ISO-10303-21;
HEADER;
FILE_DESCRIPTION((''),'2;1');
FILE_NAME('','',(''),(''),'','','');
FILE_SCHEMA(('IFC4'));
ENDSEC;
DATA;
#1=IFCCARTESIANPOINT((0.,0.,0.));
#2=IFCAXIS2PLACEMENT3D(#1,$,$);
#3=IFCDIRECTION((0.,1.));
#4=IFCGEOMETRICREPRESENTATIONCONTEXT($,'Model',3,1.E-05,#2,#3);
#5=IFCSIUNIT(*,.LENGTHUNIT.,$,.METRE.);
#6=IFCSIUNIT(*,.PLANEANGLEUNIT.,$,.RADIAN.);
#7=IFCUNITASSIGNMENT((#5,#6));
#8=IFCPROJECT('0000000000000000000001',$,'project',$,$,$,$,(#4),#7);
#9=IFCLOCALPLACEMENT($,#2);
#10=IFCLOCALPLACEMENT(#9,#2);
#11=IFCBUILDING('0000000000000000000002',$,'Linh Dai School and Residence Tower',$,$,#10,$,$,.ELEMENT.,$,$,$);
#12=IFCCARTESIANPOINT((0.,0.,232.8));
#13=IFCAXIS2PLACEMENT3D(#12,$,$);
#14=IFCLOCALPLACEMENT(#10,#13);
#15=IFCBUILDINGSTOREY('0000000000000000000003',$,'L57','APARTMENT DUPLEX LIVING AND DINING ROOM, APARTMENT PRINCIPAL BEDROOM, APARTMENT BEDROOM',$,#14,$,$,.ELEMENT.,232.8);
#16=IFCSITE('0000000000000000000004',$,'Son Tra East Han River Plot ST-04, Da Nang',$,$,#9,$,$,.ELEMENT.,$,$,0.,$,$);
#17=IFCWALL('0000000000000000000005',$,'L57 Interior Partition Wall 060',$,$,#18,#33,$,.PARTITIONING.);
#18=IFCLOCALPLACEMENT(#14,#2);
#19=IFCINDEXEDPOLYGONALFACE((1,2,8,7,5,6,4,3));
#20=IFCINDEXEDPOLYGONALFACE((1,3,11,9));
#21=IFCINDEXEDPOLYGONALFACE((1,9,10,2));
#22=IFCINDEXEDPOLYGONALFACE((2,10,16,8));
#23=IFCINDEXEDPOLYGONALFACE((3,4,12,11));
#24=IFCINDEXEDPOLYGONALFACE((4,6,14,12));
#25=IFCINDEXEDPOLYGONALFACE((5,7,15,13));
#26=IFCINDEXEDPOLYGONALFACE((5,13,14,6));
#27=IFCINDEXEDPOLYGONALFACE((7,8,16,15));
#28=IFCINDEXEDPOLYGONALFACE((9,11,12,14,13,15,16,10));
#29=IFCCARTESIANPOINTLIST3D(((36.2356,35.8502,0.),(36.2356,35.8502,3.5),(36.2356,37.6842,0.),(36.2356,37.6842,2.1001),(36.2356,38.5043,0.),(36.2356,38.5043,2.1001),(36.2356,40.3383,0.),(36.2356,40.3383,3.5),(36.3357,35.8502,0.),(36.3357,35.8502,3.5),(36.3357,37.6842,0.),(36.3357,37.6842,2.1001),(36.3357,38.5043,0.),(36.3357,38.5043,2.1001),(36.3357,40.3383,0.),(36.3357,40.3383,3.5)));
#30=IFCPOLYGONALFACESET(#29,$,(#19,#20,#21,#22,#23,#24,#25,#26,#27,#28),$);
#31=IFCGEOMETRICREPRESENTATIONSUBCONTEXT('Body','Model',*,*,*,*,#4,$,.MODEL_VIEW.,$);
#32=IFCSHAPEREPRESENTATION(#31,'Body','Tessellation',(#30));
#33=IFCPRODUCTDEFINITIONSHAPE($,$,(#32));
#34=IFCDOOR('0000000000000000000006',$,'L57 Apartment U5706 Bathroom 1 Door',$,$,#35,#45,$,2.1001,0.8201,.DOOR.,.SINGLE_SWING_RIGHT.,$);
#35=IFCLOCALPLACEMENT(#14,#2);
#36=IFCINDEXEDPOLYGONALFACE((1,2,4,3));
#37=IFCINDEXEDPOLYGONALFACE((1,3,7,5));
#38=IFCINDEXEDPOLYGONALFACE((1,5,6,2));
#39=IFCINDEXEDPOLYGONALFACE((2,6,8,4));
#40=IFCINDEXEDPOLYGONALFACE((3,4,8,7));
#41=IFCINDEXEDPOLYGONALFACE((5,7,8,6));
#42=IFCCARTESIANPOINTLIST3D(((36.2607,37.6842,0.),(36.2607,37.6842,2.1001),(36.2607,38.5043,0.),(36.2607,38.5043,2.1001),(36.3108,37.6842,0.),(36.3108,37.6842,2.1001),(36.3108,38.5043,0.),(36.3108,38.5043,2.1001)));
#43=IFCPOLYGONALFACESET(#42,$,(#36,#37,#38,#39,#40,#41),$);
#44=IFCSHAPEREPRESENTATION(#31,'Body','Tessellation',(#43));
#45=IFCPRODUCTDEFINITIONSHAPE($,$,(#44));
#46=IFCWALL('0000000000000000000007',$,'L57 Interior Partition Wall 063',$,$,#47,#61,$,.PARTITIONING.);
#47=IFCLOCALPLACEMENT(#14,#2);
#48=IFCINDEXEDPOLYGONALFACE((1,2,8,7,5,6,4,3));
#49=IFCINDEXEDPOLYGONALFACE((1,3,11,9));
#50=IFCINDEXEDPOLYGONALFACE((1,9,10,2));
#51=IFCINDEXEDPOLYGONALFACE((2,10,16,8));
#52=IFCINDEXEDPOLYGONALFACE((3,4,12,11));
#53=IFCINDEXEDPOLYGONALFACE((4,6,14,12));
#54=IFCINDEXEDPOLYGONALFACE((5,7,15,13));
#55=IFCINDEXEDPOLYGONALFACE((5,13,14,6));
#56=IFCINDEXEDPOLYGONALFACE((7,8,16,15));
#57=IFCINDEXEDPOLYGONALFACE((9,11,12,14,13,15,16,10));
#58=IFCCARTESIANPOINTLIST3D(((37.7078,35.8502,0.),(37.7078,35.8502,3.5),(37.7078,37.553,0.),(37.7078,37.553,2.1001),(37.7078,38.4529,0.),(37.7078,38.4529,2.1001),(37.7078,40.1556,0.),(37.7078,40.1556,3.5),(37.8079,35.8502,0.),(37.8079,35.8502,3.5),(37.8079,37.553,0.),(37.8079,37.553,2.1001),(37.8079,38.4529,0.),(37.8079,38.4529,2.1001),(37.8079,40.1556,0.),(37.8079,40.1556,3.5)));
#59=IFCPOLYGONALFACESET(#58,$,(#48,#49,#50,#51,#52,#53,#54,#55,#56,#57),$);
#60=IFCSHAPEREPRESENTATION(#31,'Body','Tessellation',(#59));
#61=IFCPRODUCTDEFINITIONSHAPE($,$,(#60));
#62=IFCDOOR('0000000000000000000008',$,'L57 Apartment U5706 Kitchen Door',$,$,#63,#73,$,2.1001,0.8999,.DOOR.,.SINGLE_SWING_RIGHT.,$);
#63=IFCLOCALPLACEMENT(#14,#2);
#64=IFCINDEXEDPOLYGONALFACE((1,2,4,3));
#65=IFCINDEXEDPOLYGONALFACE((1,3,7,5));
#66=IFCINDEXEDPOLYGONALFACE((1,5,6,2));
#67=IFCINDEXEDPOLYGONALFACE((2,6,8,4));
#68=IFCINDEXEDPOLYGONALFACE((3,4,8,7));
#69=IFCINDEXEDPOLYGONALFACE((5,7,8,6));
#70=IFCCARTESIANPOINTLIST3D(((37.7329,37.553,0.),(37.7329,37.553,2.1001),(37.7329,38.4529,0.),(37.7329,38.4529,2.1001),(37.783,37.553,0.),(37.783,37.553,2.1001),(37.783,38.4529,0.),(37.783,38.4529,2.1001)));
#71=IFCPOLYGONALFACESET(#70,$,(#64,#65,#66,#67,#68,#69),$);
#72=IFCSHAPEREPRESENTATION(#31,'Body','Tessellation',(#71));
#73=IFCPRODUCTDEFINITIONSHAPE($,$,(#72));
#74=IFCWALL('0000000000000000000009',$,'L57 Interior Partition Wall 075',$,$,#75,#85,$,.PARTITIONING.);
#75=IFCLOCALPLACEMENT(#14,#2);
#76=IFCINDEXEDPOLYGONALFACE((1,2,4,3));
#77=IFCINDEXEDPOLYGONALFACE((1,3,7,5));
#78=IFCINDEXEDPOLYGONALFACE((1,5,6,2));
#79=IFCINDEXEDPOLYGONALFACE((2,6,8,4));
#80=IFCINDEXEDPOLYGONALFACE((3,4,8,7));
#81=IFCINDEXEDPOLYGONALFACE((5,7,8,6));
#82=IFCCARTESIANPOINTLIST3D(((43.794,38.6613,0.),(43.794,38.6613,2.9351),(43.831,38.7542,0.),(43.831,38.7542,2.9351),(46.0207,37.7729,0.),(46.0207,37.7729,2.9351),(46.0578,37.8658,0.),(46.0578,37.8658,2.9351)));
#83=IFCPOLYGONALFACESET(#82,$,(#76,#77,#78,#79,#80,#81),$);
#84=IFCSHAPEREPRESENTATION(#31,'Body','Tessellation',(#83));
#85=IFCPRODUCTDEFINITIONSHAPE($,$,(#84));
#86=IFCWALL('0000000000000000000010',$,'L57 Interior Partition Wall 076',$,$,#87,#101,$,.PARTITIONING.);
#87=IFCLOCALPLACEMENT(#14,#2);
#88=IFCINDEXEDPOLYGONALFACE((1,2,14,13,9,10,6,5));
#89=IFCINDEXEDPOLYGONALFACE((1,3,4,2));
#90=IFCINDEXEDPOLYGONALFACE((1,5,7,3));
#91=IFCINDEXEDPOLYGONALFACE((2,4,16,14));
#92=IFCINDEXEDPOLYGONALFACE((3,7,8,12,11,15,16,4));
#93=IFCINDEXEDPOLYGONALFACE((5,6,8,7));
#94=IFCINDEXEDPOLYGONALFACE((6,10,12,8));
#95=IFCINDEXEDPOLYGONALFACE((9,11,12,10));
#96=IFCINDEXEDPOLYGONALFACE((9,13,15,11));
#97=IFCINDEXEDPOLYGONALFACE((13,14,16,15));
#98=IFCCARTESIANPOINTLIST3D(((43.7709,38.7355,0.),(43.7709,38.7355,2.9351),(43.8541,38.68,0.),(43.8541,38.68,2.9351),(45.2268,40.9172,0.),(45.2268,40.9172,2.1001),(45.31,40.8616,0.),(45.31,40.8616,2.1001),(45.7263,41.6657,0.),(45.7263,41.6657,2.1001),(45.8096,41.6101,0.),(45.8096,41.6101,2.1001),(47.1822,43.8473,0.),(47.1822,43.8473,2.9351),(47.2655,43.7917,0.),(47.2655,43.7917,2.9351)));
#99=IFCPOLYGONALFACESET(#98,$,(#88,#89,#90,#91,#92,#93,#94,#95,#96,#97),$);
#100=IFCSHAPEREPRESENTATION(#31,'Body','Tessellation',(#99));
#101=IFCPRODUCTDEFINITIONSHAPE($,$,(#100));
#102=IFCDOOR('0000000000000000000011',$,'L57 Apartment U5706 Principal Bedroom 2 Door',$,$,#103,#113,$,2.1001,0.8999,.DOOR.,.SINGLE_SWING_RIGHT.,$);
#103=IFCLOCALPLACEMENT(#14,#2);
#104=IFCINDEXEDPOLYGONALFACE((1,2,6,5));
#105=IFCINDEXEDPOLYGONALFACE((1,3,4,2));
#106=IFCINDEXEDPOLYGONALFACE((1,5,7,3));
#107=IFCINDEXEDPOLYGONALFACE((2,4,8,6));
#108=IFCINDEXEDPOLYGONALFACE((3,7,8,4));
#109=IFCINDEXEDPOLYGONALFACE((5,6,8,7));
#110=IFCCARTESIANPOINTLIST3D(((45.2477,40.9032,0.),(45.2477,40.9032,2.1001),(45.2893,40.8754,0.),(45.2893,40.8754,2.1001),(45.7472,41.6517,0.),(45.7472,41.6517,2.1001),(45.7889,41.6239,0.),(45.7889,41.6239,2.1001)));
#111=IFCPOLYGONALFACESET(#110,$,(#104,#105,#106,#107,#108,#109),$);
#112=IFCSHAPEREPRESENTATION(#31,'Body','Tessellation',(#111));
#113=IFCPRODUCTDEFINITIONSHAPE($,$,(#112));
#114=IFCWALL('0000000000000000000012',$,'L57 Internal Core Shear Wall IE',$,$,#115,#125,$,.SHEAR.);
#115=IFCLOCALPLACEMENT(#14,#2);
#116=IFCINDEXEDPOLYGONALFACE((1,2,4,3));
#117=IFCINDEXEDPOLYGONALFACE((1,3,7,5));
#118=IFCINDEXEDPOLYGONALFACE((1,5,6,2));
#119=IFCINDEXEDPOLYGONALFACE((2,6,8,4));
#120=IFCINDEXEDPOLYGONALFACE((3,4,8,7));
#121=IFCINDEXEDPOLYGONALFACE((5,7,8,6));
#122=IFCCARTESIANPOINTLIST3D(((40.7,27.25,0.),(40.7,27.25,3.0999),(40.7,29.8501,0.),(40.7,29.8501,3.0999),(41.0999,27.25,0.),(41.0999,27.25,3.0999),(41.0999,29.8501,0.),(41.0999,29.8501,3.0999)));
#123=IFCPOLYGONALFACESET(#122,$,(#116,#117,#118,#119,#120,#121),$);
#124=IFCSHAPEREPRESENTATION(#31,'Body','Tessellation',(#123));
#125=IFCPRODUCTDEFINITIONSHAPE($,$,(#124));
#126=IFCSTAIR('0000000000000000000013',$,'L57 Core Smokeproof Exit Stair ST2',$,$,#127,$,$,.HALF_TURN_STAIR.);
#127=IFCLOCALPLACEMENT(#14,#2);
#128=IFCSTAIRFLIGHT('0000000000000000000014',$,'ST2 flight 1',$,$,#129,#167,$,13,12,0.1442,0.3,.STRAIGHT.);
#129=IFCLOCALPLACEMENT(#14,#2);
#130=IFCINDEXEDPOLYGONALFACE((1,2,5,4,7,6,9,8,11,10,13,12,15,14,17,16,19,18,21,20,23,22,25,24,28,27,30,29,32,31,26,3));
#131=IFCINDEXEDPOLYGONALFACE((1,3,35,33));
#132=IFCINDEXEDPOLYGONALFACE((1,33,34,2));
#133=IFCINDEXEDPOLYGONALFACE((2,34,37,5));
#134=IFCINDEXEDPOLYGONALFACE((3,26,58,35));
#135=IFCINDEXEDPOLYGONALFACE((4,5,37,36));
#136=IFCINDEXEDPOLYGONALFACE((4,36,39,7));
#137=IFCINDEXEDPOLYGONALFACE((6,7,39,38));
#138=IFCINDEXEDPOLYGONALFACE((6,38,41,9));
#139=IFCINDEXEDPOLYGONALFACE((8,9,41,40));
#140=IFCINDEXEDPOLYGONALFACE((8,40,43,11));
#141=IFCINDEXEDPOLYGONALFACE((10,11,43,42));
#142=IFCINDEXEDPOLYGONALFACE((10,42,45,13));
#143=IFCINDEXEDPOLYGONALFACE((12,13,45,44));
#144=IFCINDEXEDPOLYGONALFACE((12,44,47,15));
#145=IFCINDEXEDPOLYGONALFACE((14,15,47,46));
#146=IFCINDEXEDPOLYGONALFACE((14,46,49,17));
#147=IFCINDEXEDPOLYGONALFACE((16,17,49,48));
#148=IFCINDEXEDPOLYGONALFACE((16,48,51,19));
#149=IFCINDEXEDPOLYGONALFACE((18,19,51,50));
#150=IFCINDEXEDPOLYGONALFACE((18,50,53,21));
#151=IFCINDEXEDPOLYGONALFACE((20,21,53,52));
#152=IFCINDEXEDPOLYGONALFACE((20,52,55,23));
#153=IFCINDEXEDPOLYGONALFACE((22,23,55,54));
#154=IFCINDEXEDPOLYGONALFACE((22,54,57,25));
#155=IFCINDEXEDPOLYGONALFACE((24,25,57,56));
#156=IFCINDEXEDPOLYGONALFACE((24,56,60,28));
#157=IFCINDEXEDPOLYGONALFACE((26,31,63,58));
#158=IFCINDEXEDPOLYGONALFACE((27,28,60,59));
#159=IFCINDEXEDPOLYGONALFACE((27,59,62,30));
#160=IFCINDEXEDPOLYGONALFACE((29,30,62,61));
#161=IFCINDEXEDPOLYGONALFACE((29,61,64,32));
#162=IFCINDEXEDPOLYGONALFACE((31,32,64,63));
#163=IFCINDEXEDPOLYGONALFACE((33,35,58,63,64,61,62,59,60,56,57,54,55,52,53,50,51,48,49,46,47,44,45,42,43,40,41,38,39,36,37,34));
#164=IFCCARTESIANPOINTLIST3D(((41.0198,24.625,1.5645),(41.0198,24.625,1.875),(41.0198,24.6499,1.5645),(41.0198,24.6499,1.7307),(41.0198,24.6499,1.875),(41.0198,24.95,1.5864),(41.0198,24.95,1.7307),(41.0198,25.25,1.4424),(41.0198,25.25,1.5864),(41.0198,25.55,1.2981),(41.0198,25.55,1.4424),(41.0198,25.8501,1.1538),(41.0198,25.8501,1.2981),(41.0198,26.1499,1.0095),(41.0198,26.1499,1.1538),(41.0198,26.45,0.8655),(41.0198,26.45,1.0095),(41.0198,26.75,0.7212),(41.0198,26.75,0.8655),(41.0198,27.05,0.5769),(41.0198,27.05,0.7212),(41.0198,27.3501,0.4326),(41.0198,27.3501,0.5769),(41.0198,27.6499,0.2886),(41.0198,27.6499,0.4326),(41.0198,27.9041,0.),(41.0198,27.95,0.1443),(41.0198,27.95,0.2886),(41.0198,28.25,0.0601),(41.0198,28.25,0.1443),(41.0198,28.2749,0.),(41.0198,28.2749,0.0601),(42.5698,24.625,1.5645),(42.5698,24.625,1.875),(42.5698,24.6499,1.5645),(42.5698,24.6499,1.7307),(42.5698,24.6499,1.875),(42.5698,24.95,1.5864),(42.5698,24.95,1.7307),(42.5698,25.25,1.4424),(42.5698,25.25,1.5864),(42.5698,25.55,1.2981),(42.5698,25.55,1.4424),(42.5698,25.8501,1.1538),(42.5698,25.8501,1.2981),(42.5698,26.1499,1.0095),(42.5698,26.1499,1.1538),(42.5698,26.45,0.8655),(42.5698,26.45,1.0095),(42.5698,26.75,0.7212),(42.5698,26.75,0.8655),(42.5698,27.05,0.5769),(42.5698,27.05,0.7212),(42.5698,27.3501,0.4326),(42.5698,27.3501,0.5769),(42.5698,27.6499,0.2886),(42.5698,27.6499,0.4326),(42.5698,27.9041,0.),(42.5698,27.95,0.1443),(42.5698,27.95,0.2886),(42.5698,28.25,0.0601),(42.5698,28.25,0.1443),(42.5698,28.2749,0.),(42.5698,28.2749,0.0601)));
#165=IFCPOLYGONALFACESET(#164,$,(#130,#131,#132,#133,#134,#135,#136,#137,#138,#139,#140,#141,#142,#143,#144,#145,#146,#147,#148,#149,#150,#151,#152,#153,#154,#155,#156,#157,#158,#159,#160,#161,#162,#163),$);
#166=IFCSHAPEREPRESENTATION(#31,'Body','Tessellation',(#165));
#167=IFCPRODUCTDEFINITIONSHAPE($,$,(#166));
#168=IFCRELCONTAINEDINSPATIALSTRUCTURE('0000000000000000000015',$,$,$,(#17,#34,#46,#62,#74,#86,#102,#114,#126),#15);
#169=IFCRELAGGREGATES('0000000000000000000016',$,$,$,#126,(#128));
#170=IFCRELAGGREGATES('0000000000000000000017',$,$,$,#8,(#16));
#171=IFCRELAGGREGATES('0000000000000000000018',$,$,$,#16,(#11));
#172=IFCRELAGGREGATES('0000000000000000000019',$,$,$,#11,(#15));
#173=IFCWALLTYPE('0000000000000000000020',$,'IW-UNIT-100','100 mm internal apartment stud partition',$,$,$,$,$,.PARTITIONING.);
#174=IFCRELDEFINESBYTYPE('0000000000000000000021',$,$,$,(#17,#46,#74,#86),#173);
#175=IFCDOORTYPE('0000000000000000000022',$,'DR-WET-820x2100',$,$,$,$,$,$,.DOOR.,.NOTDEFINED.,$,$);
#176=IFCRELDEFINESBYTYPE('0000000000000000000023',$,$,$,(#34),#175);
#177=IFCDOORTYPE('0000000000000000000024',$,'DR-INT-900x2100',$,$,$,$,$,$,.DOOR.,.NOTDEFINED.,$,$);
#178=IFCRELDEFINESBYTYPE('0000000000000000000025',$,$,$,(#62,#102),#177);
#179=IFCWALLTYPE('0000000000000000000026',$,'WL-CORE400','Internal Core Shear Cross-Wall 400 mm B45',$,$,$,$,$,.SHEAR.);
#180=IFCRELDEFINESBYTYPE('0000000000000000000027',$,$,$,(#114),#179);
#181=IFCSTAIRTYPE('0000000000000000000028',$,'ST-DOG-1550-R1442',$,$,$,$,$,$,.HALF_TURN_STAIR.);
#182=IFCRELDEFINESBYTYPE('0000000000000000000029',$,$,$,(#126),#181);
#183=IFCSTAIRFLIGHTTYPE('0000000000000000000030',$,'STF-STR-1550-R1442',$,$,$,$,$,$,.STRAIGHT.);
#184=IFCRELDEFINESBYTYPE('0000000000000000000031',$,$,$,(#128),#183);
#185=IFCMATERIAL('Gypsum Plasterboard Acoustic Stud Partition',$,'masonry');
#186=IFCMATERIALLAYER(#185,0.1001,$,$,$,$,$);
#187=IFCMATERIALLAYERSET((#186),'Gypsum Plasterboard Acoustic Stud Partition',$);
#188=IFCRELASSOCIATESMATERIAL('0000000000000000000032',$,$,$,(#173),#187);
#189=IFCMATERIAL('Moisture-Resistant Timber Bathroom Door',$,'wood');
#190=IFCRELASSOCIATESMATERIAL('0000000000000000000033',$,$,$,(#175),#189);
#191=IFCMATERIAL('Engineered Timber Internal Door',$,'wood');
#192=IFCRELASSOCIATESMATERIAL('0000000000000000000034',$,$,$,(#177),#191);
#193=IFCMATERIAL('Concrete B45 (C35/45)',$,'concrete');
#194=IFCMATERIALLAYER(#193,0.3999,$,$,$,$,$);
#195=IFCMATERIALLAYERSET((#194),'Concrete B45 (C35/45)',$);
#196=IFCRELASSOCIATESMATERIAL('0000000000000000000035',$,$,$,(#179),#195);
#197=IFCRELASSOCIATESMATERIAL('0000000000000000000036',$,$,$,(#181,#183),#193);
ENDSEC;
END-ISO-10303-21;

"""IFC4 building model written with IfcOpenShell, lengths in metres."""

from ifc_helpers import new_model, si_unit, direction, frame, frame_2d, origin, origin_2d, place, context, subcontext, project, spatial, polyline, rectangle, outline, extrude, source, transform, mapped, material, layer, layer_set, type_object, element, fill, aggregate, save


model = new_model("IFC4")

# Units and contexts
model_context = context("Model", 3, precision=1e-05, world=origin(), true_north=direction((0.0, 1.0)))
body_context = subcontext(model_context, "Body", "Model", "MODEL_VIEW")
ifc_project = project(units=[si_unit("LENGTHUNIT", "METRE"), si_unit("PLANEANGLEUNIT", "RADIAN")], contexts=[model_context])

# Site, building, storey
site_placement = place(None, origin())
site = spatial("IfcSite", under=ifc_project, at=site_placement, Name="Son Tra East Han River Plot ST-04, Da Nang", CompositionType="ELEMENT", RefElevation=0.0)
building_placement = place(site_placement, origin())
building = spatial("IfcBuilding", under=site, at=building_placement, Name="Linh Dai School and Residence Tower", CompositionType="ELEMENT")
storey_placement = place(building_placement, frame((0.0, 0.0, 232.8)))
storey = spatial("IfcBuildingStorey", under=building, at=storey_placement, Name="L57", Description="APARTMENT DUPLEX LIVING AND DINING ROOM, APARTMENT PRINCIPAL BEDROOM, APARTMENT BEDROOM", CompositionType="ELEMENT", Elevation=232.8)

# Shared definitions
ifc_material_1 = material(Name="Concrete B45 (C35/45)", Category="concrete")

# Walls, openings, doors
ifc_material_2 = material(Name="Gypsum Plasterboard Acoustic Stud Partition", Category="masonry")
ifc_layer_1 = layer(ifc_material_2, 0.1001)
ifc_layer_set_1 = layer_set([ifc_layer_1], Name="Gypsum Plasterboard Acoustic Stud Partition")
wall_type_1 = type_object("IfcWallType", Name="IW-UNIT-100", Description="100 mm internal apartment stud partition", PredefinedType="PARTITIONING", material=ifc_layer_set_1)
wall_1_placement = place(storey_placement, frame((36.2856, 35.8501, 0.0), z_axis=(0.0, 0.0, 1.0), x_axis=(0.0, 1.0, 0.0)))
wall_1 = element("IfcWall", 1, at=wall_1_placement, inside=storey, type_object=wall_type_1, Name="L57 Interior Partition Wall 060", PredefinedType="PARTITIONING", context=body_context, shape_type="SweptSolid", body=[
    extrude(rectangle(XDim=4.488, YDim=0.1001, at=frame_2d((2.2441, 0.0))), origin(), (0.0, 0.0, 1.0), 3.5),
])
opening_1_placement = place(wall_1_placement, frame((1.834, 0.0, 0.0)))
opening_1 = element("IfcOpeningElement", 2, at=opening_1_placement, cuts=wall_1, PredefinedType="OPENING", context=body_context, shape_type="SweptSolid", body=[
    extrude(rectangle(XDim=0.8201, YDim=2.1001, at=origin_2d()), frame((0.4102, 0.0601, 1.05), z_axis=(0.0, -1.0, 0.0), x_axis=(1.0, 0.0, 0.0)), (0.0, 0.0, 1.0), 0.1201),
])
ifc_material_3 = material(Name="Moisture-Resistant Timber Bathroom Door", Category="wood")
door_type_1 = type_object("IfcDoorType", Name="DR-WET-820x2100", OperationType="NOTDEFINED", PredefinedType="DOOR", material=ifc_material_3)
shared_shape_1 = source(origin(), body_context, "Body", "SweptSolid", [
    extrude(rectangle(XDim=0.8201, YDim=2.1001, at=origin_2d()), frame((0.4102, 0.0249, 1.05), z_axis=(0.0, -1.0, 0.0), x_axis=(1.0, 0.0, 0.0)), (0.0, 0.0, 1.0), 0.05),
])
door_1_placement = place(opening_1_placement, origin())
door_1 = element("IfcDoor", 3, at=door_1_placement, inside=storey, type_object=door_type_1, Name="L57 Apartment U5706 Bathroom 1 Door", OperationType="SINGLE_SWING_RIGHT", OverallHeight=2.1001, OverallWidth=0.8201, PredefinedType="DOOR", context=body_context, shape_type="MappedRepresentation", body=[
    mapped(shared_shape_1, transform((0.0, 0.0, 0.0), x_axis=(1.0, 0.0, 0.0), y_axis=(0.0, 1.0, 0.0), z_axis=(0.0, 0.0, 1.0), scale=1.0)),
])
fill(opening_1, door_1)
wall_2_placement = place(storey_placement, frame((37.7578, 35.8501, 0.0), z_axis=(0.0, 0.0, 1.0), x_axis=(0.0, 1.0, 0.0)))
wall_2 = element("IfcWall", 4, at=wall_2_placement, inside=storey, type_object=wall_type_1, Name="L57 Interior Partition Wall 063", PredefinedType="PARTITIONING", context=body_context, shape_type="SweptSolid", body=[
    extrude(rectangle(XDim=4.3054, YDim=0.1001, at=frame_2d((2.1528, 0.0))), origin(), (0.0, 0.0, 1.0), 3.5),
])
opening_2_placement = place(wall_2_placement, frame((1.7029, 0.0, 0.0)))
opening_2 = element("IfcOpeningElement", 5, at=opening_2_placement, cuts=wall_2, PredefinedType="OPENING", context=body_context, shape_type="SweptSolid", body=[
    extrude(rectangle(XDim=0.8999, YDim=2.1001, at=origin_2d()), frame((0.45, 0.0601, 1.05), z_axis=(0.0, -1.0, 0.0), x_axis=(1.0, 0.0, 0.0)), (0.0, 0.0, 1.0), 0.1201),
])
ifc_material_4 = material(Name="Engineered Timber Internal Door", Category="wood")
door_type_2 = type_object("IfcDoorType", Name="DR-INT-900x2100", OperationType="NOTDEFINED", PredefinedType="DOOR", material=ifc_material_4)
shared_shape_2 = source(origin(), body_context, "Body", "SweptSolid", [
    extrude(rectangle(XDim=0.8999, YDim=2.1001, at=origin_2d()), frame((0.45, 0.0249, 1.05), z_axis=(0.0, -1.0, 0.0), x_axis=(1.0, 0.0, 0.0)), (0.0, 0.0, 1.0), 0.05),
])
door_2_placement = place(opening_2_placement, origin())
door_2 = element("IfcDoor", 6, at=door_2_placement, inside=storey, type_object=door_type_2, Name="L57 Apartment U5706 Kitchen Door", OperationType="SINGLE_SWING_RIGHT", OverallHeight=2.1001, OverallWidth=0.8999, PredefinedType="DOOR", context=body_context, shape_type="MappedRepresentation", body=[
    mapped(shared_shape_2, transform((0.0, 0.0, 0.0), x_axis=(1.0, 0.0, 0.0), y_axis=(0.0, 1.0, 0.0), z_axis=(0.0, 0.0, 1.0), scale=1.0)),
])
fill(opening_2, door_2)

# Wall
wall_3_placement = place(storey_placement, frame((43.8125, 38.7078, 0.0), z_axis=(0.0, 0.0, 1.0), x_axis=(0.928806, -0.370565, 0.0)))
element("IfcWall", 7, at=wall_3_placement, inside=storey, type_object=wall_type_1, Name="L57 Interior Partition Wall 075", PredefinedType="PARTITIONING", context=body_context, shape_type="SweptSolid", body=[
    extrude(rectangle(XDim=2.3975, YDim=0.1001, at=frame_2d((1.1987, 0.0))), origin(), (0.0, 0.0, 1.0), 2.9351),
])

# Wall, opening, door
wall_4_placement = place(storey_placement, frame((43.8125, 38.7078, 0.0), z_axis=(0.0, 0.0, 1.0), x_axis=(0.555094, 0.831787, 0.0)))
wall_4 = element("IfcWall", 8, at=wall_4_placement, inside=storey, type_object=wall_type_1, Name="L57 Interior Partition Wall 076", PredefinedType="PARTITIONING", context=body_context, shape_type="SweptSolid", body=[
    extrude(rectangle(XDim=6.1455, YDim=0.1001, at=frame_2d((3.0728, 0.0))), origin(), (0.0, 0.0, 1.0), 2.9351),
])
opening_3_placement = place(wall_4_placement, frame((2.6228, 0.0, 0.0)))
opening_3 = element("IfcOpeningElement", 9, at=opening_3_placement, cuts=wall_4, PredefinedType="OPENING", context=body_context, shape_type="SweptSolid", body=[
    extrude(rectangle(XDim=0.8999, YDim=2.1001, at=origin_2d()), frame((0.45, 0.0601, 1.05), z_axis=(0.0, -1.0, 0.0), x_axis=(1.0, 0.0, 0.0)), (0.0, 0.0, 1.0), 0.1201),
])
door_3_placement = place(opening_3_placement, origin())
door_3 = element("IfcDoor", 10, at=door_3_placement, inside=storey, type_object=door_type_2, Name="L57 Apartment U5706 Principal Bedroom 2 Door", OperationType="SINGLE_SWING_RIGHT", OverallHeight=2.1001, OverallWidth=0.8999, PredefinedType="DOOR", context=body_context, shape_type="MappedRepresentation", body=[
    mapped(shared_shape_2, transform((0.0, 0.0, 0.0), x_axis=(1.0, 0.0, 0.0), y_axis=(0.0, 1.0, 0.0), z_axis=(0.0, 0.0, 1.0), scale=1.0)),
])
fill(opening_3, door_3)

# Wall
ifc_layer_2 = layer(ifc_material_1, 0.3999)
ifc_layer_set_2 = layer_set([ifc_layer_2], Name="Concrete B45 (C35/45)")
wall_type_2 = type_object("IfcWallType", Name="WL-CORE400", Description="Internal Core Shear Cross-Wall 400 mm B45", PredefinedType="SHEAR", material=ifc_layer_set_2)
wall_5_placement = place(storey_placement, frame((40.8999, 27.25, 0.0), z_axis=(0.0, 0.0, 1.0), x_axis=(0.0, 1.0, 0.0)))
element("IfcWall", 11, at=wall_5_placement, inside=storey, type_object=wall_type_2, Name="L57 Internal Core Shear Wall IE", PredefinedType="SHEAR", context=body_context, shape_type="SweptSolid", body=[
    extrude(rectangle(XDim=2.6001, YDim=0.3999, at=frame_2d((1.3, 0.0))), origin(), (0.0, 0.0, 1.0), 3.0999),
])

# Stair, stair flight
stair_type = type_object("IfcStairType", Name="ST-DOG-1550-R1442", PredefinedType="HALF_TURN_STAIR", material=ifc_material_1)
stair_placement = place(storey_placement, origin())
stair = element("IfcStair", 12, at=stair_placement, inside=storey, type_object=stair_type, Name="L57 Core Smokeproof Exit Stair ST2", PredefinedType="HALF_TURN_STAIR")
stair_flight_type = type_object("IfcStairFlightType", Name="STF-STR-1550-R1442", PredefinedType="STRAIGHT", material=ifc_material_1)
shared_shape_3 = source(origin(), body_context, "Body", "SweptSolid", [
    extrude(outline(polyline([(-0.0249, 0.0), (-0.0249, 0.0601), (0.0, 0.0601), (0.0, 0.1443), (0.3, 0.1443), (0.3, 0.2886), (0.6001, 0.2886), (0.6001, 0.4326), (0.8999, 0.4326), (0.8999, 0.5769), (1.2, 0.5769), (1.2, 0.7212), (1.5, 0.7212), (1.5, 0.8655), (1.8, 0.8655), (1.8, 1.0095), (2.1001, 1.0095), (2.1001, 1.1538), (2.3999, 1.1538), (2.3999, 1.2981), (2.7, 1.2981), (2.7, 1.4424), (3.0, 1.4424), (3.0, 1.5864), (3.3, 1.5864), (3.3, 1.7307), (3.6001, 1.7307), (3.6001, 1.875), (3.625, 1.875), (3.625, 1.5645), (3.6001, 1.5645), (0.3459, 0.0), (-0.0249, 0.0)])), frame((0.0, 0.7749, 0.0), z_axis=(0.0, -1.0, 0.0), x_axis=(1.0, 0.0, 0.0)), (0.0, 0.0, 1.0), 1.55),
])
stair_flight_placement = place(storey_placement, frame((41.7949, 28.25, 0.0), z_axis=(0.0, 0.0, 1.0), x_axis=(0.0, -1.0, 0.0)))
stair_flight = element("IfcStairFlight", 13, at=stair_flight_placement, type_object=stair_flight_type, Name="ST2 flight 1", NumberOfRisers=13, NumberOfTreads=12, PredefinedType="STRAIGHT", RiserHeight=0.1442, TreadLength=0.3, context=body_context, shape_type="MappedRepresentation", body=[
    mapped(shared_shape_3, transform((0.0, 0.0, 0.0), x_axis=(1.0, 0.0, 0.0), y_axis=(0.0, 1.0, 0.0), z_axis=(0.0, 0.0, 1.0), scale=1.0)),
])
aggregate(stair, [stair_flight])

save(model, "model.ifc")
